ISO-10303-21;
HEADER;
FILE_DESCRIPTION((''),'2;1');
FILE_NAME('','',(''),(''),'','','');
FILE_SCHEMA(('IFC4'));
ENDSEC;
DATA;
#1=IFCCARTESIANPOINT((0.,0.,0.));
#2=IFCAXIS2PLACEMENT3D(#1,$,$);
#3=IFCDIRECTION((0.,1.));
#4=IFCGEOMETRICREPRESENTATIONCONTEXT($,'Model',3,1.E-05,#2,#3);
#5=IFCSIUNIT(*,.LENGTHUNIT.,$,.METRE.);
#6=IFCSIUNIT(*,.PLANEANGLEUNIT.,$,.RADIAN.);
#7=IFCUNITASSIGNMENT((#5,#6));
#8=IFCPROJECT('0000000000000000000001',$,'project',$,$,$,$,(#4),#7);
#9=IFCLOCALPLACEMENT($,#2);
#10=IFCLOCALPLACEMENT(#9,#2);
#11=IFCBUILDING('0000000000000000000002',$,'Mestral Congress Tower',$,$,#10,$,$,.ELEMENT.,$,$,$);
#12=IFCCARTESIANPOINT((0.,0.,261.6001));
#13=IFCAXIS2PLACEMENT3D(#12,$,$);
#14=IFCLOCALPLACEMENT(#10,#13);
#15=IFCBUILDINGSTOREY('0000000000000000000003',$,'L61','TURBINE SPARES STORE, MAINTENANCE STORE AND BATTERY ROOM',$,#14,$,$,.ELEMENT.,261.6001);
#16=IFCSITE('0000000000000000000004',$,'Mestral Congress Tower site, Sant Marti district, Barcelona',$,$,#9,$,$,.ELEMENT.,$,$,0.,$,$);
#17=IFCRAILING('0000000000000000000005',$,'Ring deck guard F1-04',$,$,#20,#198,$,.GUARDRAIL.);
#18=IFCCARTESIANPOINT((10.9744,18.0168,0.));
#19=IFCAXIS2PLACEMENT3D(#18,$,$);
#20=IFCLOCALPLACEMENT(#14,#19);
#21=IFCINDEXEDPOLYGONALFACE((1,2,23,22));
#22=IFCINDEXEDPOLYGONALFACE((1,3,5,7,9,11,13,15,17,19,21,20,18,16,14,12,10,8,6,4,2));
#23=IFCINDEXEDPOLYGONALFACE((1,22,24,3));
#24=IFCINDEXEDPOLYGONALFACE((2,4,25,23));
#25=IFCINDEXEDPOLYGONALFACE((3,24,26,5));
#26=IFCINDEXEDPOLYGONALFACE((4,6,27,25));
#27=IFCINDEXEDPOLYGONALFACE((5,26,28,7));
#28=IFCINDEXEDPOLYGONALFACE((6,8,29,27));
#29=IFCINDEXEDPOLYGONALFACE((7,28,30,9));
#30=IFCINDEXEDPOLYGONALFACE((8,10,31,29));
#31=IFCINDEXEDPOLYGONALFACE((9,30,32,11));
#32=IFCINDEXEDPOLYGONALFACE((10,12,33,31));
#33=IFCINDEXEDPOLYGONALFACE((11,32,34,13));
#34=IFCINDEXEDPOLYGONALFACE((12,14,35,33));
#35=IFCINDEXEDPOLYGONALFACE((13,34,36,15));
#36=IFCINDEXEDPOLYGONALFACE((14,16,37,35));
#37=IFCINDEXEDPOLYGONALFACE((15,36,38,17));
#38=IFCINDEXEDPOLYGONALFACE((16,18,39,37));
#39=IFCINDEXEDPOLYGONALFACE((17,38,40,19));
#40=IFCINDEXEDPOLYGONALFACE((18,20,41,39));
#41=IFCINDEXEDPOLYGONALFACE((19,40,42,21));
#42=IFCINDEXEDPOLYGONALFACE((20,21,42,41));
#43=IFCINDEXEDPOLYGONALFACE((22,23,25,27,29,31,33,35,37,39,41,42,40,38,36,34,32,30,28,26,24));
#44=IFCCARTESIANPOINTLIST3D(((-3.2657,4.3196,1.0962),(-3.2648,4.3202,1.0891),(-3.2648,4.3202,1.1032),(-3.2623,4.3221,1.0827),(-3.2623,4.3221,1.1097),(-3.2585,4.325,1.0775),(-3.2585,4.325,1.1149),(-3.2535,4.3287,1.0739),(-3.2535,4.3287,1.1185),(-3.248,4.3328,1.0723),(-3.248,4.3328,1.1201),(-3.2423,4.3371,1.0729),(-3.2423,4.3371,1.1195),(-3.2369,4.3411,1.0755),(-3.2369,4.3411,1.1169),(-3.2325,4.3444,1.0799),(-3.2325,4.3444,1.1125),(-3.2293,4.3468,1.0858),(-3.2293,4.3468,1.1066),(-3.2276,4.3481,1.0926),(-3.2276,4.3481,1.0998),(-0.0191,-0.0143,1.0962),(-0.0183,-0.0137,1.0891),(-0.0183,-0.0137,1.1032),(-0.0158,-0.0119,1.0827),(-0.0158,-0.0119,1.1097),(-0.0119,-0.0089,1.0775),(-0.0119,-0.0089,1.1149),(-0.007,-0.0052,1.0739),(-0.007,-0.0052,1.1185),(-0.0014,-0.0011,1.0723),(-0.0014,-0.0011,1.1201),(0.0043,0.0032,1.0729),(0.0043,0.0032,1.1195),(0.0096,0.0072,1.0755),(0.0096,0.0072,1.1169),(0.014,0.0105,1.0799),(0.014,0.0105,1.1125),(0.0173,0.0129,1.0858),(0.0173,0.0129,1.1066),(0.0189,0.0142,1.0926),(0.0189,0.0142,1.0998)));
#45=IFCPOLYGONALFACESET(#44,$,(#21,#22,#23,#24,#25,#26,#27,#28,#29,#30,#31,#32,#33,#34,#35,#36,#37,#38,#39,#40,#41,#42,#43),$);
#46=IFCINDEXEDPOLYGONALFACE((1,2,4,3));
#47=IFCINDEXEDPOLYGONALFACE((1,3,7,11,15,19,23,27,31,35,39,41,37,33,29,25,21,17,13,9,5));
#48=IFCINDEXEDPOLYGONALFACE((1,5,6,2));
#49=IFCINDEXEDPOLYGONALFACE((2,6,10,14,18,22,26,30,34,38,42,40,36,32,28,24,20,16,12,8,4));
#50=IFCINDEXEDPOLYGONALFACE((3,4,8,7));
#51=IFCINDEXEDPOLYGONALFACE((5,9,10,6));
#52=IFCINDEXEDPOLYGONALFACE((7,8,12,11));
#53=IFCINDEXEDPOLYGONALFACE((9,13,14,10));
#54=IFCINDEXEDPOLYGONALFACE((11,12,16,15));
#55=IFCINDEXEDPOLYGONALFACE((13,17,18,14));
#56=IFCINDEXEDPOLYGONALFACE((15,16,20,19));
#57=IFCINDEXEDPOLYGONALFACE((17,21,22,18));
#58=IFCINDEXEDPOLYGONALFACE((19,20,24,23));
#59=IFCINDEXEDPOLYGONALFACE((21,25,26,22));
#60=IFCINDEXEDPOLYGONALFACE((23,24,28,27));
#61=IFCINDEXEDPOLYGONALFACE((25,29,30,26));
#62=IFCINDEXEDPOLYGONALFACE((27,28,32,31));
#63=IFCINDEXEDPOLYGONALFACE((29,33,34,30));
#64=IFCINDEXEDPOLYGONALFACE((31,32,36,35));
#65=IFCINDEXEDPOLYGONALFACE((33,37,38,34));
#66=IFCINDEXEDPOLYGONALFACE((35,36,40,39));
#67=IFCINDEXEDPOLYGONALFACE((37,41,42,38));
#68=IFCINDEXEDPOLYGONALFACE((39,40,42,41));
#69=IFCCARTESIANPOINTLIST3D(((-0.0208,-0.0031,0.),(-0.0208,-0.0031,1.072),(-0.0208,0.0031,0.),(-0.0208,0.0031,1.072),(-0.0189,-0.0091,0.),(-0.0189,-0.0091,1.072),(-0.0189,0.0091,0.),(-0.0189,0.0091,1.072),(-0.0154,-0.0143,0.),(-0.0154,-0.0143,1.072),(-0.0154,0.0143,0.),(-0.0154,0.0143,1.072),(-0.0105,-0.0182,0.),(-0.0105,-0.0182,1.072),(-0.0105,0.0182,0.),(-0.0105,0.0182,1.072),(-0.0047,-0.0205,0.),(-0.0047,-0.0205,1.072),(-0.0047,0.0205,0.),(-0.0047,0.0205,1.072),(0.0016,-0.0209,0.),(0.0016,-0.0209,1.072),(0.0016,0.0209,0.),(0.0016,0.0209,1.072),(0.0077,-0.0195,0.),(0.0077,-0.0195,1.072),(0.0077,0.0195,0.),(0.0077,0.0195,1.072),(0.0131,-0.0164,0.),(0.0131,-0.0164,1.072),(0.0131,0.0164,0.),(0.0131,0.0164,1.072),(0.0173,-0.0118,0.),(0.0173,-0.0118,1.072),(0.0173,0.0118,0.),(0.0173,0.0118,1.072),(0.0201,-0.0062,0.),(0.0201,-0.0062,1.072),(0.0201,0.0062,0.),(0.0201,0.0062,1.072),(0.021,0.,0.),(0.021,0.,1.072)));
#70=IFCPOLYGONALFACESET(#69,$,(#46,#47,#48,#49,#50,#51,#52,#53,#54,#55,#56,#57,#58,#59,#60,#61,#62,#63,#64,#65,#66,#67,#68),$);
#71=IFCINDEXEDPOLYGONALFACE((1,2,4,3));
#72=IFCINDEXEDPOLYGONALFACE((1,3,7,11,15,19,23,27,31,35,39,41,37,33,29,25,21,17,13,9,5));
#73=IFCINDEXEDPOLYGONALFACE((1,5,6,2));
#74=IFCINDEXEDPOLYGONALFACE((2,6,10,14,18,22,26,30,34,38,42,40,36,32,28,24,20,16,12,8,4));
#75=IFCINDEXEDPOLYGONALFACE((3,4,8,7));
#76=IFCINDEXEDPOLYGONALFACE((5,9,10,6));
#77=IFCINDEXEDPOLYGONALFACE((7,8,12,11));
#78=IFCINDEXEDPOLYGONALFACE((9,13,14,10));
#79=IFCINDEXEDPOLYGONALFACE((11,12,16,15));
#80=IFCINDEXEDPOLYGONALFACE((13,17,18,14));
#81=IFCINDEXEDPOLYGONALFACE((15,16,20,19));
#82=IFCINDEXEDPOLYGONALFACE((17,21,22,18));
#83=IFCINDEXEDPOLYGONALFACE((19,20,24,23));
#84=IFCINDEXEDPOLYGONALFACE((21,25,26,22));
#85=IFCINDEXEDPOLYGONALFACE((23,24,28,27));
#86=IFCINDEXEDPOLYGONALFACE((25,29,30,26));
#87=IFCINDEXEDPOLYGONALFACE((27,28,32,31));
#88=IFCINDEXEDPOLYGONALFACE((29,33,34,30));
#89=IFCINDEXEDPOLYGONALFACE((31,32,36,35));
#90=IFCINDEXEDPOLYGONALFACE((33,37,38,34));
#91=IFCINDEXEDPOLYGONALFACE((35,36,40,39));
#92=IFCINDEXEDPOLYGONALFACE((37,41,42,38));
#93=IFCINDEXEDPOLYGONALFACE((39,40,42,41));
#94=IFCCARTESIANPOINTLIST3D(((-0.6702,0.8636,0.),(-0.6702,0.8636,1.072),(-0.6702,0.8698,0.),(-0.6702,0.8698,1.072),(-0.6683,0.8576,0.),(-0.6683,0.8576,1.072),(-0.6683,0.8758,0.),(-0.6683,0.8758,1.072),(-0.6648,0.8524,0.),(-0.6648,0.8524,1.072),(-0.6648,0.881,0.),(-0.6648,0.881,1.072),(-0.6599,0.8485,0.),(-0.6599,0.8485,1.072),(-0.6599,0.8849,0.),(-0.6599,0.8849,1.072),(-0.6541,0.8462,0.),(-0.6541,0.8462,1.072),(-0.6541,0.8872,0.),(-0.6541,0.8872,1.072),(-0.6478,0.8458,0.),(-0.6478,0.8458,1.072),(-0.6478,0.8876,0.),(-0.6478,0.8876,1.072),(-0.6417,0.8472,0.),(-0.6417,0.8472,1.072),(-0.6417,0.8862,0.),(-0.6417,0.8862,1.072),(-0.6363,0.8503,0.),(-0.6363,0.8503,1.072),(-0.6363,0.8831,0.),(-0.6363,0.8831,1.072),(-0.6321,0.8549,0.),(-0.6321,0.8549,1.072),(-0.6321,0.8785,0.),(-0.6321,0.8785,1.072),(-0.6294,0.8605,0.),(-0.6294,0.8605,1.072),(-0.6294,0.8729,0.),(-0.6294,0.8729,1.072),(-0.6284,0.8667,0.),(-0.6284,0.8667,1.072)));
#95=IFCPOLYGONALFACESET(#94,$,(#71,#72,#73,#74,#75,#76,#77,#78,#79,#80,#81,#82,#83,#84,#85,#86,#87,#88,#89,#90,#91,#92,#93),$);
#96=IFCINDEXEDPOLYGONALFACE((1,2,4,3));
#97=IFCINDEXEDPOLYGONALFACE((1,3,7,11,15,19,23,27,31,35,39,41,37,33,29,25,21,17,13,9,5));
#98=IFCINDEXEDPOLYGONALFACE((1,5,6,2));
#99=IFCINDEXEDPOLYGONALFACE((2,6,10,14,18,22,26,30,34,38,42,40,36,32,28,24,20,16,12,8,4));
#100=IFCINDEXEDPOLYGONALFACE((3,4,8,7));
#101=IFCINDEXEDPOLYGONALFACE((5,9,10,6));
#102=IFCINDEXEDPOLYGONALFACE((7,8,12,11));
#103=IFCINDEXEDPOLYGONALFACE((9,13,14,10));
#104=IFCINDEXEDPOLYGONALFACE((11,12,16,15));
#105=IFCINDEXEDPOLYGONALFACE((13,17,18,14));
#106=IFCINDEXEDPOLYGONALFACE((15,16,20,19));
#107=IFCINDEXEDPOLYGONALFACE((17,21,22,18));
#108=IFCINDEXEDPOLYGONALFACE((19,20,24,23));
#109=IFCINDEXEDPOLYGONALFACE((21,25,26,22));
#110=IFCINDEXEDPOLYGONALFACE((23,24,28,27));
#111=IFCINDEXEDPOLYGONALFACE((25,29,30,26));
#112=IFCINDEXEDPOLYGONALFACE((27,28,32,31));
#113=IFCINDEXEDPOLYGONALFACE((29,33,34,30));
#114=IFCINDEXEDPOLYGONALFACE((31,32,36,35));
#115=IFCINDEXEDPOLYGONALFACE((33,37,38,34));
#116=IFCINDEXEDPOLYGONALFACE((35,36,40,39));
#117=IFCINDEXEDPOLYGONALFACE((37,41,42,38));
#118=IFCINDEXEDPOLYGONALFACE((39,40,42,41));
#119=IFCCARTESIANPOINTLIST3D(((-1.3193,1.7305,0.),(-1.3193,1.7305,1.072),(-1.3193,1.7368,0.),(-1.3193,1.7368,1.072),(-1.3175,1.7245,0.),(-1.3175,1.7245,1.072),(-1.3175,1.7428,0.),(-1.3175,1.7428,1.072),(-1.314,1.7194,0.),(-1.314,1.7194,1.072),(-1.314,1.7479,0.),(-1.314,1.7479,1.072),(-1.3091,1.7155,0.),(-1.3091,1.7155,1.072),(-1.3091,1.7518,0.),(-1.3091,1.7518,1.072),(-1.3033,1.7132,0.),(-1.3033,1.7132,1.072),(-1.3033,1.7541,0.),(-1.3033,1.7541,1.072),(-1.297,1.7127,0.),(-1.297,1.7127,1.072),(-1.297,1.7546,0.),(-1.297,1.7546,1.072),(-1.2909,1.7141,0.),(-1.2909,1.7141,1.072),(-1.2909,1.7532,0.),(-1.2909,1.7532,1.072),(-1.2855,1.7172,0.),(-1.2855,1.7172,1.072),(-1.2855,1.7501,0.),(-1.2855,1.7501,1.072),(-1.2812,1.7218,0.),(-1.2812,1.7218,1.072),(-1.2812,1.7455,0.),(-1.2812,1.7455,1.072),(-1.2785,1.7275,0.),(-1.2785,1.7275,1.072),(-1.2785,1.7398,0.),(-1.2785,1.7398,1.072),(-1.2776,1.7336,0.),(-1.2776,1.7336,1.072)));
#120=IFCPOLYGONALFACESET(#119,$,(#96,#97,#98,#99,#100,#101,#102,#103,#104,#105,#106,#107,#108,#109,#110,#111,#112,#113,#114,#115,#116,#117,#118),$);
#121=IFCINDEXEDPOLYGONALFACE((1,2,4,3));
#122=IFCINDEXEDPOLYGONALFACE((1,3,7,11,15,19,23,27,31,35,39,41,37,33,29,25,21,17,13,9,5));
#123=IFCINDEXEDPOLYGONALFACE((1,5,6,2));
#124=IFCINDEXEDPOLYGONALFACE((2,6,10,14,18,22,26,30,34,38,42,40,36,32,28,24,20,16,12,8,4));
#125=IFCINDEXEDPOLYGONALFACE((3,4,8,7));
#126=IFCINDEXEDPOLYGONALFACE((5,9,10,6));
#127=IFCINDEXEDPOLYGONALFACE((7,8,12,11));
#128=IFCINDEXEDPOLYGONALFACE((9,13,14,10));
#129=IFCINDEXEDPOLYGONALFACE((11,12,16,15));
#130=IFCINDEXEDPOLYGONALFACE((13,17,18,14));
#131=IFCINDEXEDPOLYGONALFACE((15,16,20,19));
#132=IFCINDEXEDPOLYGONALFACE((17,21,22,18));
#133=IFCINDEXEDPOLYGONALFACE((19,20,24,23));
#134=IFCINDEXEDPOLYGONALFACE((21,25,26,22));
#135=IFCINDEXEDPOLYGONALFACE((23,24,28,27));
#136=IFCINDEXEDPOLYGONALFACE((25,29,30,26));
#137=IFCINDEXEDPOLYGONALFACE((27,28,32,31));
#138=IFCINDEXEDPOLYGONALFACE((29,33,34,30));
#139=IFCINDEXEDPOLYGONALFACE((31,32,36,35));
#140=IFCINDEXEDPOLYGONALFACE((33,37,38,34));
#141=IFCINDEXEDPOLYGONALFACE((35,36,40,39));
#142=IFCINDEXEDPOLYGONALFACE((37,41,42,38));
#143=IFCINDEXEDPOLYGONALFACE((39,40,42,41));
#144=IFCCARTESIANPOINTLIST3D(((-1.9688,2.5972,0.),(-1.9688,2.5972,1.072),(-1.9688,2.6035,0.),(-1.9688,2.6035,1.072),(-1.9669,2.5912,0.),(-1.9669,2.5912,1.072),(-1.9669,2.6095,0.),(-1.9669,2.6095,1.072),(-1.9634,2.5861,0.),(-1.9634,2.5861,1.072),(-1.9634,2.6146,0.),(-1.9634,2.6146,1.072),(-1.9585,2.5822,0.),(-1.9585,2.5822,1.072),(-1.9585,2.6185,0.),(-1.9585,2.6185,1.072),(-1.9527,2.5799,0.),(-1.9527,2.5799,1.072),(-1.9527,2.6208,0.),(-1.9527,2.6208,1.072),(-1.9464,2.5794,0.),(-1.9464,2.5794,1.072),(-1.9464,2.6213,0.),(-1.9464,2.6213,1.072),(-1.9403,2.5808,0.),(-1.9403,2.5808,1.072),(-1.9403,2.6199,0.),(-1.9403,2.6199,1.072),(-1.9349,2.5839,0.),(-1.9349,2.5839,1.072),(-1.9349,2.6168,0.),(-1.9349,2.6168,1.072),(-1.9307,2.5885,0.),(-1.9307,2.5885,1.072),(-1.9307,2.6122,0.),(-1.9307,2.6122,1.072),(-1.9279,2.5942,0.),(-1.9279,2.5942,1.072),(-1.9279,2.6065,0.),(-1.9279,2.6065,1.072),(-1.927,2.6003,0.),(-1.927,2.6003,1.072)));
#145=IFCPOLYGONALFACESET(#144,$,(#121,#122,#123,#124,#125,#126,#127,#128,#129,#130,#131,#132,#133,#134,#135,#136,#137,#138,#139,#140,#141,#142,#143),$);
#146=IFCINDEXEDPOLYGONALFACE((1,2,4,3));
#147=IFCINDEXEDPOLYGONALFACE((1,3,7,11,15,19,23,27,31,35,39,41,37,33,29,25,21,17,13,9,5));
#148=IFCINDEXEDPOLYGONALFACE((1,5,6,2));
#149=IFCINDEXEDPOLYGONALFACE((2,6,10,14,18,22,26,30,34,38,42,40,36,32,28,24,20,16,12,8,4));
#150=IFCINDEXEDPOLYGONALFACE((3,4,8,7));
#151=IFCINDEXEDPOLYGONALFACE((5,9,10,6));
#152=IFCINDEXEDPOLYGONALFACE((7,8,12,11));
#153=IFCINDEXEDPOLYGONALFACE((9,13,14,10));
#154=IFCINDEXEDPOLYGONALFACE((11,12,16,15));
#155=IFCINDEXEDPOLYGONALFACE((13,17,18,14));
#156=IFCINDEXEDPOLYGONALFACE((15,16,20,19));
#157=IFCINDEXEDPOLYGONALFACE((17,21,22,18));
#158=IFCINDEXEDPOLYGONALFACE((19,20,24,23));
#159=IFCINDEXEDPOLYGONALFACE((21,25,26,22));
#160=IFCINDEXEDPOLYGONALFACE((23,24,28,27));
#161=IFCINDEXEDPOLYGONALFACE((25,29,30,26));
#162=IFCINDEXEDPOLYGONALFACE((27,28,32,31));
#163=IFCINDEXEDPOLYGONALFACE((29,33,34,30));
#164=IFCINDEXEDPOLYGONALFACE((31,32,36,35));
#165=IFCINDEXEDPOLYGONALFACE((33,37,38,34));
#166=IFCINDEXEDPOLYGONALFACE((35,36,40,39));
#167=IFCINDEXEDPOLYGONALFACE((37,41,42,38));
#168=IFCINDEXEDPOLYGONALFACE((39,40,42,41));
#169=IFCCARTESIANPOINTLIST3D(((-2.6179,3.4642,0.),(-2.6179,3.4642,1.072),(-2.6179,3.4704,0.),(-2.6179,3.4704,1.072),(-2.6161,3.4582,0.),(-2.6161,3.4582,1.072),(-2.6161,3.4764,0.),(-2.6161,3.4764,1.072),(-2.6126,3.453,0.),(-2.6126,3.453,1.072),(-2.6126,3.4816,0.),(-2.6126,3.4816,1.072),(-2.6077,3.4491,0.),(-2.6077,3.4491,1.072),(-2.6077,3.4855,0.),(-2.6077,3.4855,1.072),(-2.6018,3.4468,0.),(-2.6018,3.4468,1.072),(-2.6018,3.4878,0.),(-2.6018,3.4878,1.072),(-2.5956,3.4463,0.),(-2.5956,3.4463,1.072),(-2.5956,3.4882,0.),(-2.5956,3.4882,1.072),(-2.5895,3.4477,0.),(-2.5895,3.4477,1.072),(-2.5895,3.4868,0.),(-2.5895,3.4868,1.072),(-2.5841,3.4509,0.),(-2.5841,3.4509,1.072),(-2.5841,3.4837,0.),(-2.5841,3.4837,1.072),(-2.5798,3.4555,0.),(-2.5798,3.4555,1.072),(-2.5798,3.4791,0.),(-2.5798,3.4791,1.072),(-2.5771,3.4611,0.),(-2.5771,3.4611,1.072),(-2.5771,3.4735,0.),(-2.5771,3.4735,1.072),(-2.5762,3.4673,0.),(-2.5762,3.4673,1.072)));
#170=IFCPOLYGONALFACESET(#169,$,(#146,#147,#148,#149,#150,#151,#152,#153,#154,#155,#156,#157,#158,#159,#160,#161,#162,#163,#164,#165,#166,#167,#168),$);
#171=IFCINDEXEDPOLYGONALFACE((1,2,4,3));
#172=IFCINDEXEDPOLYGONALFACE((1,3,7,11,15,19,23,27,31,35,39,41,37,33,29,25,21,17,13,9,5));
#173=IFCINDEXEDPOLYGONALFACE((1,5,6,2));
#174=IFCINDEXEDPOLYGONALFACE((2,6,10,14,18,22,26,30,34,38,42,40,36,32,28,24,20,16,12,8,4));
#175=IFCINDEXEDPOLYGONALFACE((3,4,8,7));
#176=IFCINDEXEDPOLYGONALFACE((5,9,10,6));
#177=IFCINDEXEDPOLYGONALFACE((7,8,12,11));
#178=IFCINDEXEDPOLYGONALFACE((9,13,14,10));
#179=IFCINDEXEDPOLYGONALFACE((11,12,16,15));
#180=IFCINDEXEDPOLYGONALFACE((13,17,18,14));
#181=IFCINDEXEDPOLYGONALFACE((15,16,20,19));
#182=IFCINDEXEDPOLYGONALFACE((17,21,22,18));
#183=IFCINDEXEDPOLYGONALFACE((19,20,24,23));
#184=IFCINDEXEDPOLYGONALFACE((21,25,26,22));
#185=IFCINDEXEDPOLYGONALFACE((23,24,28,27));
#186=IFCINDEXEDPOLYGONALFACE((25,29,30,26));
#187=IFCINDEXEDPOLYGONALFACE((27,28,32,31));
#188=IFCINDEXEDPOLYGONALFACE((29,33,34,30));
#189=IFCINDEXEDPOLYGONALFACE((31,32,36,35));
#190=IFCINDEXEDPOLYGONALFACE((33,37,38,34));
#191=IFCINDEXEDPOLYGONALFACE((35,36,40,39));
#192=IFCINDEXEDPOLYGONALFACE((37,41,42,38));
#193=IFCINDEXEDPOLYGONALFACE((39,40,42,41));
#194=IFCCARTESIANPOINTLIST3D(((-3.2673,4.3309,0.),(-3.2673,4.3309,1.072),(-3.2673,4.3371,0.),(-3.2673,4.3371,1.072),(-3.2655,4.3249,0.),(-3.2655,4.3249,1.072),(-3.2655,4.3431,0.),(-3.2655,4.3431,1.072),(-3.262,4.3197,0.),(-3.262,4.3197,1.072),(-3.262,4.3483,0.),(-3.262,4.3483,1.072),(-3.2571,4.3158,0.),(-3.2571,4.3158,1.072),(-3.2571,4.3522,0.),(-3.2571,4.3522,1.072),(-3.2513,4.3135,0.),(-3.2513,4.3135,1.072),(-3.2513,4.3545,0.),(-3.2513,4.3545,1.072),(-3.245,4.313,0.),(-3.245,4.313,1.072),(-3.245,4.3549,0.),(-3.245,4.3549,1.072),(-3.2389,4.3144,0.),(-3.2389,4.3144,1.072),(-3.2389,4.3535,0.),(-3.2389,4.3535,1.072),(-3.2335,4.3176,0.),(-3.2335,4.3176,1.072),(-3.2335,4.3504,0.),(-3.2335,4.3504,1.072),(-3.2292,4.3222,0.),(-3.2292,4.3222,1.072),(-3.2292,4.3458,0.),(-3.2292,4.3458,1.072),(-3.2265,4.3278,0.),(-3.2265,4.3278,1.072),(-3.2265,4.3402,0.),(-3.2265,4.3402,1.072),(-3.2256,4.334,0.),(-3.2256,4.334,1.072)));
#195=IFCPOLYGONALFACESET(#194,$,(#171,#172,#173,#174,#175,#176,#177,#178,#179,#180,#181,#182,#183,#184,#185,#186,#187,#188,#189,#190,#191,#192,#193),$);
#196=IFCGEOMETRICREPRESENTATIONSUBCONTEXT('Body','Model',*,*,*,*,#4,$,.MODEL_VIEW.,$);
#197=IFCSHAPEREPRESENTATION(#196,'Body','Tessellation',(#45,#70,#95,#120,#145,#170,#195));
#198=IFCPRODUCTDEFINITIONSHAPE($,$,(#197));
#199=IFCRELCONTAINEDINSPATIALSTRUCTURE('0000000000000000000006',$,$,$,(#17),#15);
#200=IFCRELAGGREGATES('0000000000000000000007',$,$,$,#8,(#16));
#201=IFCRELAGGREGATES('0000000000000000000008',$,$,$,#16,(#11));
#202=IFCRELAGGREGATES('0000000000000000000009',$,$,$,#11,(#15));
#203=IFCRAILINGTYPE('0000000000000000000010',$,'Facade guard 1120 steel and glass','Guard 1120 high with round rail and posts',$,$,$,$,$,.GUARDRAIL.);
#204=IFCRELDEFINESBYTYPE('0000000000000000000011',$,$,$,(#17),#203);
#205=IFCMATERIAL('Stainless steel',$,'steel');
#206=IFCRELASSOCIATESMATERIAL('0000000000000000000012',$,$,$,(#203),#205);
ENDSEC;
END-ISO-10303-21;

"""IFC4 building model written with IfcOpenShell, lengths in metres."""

from ifc_helpers import new_model, si_unit, direction, frame, origin, origin_2d, place, context, subcontext, project, spatial, circle, extrude, material, type_object, element, save


model = new_model("IFC4")

# Units and contexts
model_context = context("Model", 3, precision=1e-05, world=origin(), true_north=direction((0.0, 1.0)))
body_context = subcontext(model_context, "Body", "Model", "MODEL_VIEW")
ifc_project = project(units=[si_unit("LENGTHUNIT", "METRE"), si_unit("PLANEANGLEUNIT", "RADIAN")], contexts=[model_context])

# Site, building, storey
site_placement = place(None, origin())
site = spatial("IfcSite", under=ifc_project, at=site_placement, Name="Mestral Congress Tower site, Sant Marti district, Barcelona", CompositionType="ELEMENT", RefElevation=0.0)
building_placement = place(site_placement, origin())
building = spatial("IfcBuilding", under=site, at=building_placement, Name="Mestral Congress Tower", CompositionType="ELEMENT")
storey_placement = place(building_placement, frame((0.0, 0.0, 261.6001)))
storey = spatial("IfcBuildingStorey", under=building, at=storey_placement, Name="L61", Description="TURBINE SPARES STORE, MAINTENANCE STORE AND BATTERY ROOM", CompositionType="ELEMENT", Elevation=261.6001)

# Railing
ifc_material_1 = material(Name="Stainless steel", Category="steel")
railing_type = type_object("IfcRailingType", Name="Facade guard 1120 steel and glass", Description="Guard 1120 high with round rail and posts", PredefinedType="GUARDRAIL", material=ifc_material_1)
railing_1_placement = place(storey_placement, frame((10.9744, 18.0168, 0.0)))
element("IfcRailing", 1, at=railing_1_placement, inside=storey, type_object=railing_type, Name="Ring deck guard F1-04", PredefinedType="GUARDRAIL", context=body_context, shape_type="SweptSolid", body=[
    extrude(circle(Radius=0.0239, at=origin_2d()), frame((0.0, 0.0, 1.0962), z_axis=(-0.599538, 0.800346, 0.0), x_axis=(-0.800346, -0.599538, 0.0)), (0.0, 0.0, 1.0), 5.415),
    extrude(circle(Radius=0.021, at=origin_2d()), origin(), (0.0, 0.0, 1.0), 1.072),
    extrude(circle(Radius=0.021, at=origin_2d()), frame((-0.6494, 0.8667, 0.0)), (0.0, 0.0, 1.0), 1.072),
    extrude(circle(Radius=0.021, at=origin_2d()), frame((-1.2986, 1.7336, 0.0)), (0.0, 0.0, 1.0), 1.072),
    extrude(circle(Radius=0.021, at=origin_2d()), frame((-1.948, 2.6003, 0.0)), (0.0, 0.0, 1.0), 1.072),
    extrude(circle(Radius=0.021, at=origin_2d()), frame((-2.5972, 3.4673, 0.0)), (0.0, 0.0, 1.0), 1.072),
    extrude(circle(Radius=0.021, at=origin_2d()), frame((-3.2466, 4.334, 0.0)), (0.0, 0.0, 1.0), 1.072),
])

save(model, "model.ifc")
